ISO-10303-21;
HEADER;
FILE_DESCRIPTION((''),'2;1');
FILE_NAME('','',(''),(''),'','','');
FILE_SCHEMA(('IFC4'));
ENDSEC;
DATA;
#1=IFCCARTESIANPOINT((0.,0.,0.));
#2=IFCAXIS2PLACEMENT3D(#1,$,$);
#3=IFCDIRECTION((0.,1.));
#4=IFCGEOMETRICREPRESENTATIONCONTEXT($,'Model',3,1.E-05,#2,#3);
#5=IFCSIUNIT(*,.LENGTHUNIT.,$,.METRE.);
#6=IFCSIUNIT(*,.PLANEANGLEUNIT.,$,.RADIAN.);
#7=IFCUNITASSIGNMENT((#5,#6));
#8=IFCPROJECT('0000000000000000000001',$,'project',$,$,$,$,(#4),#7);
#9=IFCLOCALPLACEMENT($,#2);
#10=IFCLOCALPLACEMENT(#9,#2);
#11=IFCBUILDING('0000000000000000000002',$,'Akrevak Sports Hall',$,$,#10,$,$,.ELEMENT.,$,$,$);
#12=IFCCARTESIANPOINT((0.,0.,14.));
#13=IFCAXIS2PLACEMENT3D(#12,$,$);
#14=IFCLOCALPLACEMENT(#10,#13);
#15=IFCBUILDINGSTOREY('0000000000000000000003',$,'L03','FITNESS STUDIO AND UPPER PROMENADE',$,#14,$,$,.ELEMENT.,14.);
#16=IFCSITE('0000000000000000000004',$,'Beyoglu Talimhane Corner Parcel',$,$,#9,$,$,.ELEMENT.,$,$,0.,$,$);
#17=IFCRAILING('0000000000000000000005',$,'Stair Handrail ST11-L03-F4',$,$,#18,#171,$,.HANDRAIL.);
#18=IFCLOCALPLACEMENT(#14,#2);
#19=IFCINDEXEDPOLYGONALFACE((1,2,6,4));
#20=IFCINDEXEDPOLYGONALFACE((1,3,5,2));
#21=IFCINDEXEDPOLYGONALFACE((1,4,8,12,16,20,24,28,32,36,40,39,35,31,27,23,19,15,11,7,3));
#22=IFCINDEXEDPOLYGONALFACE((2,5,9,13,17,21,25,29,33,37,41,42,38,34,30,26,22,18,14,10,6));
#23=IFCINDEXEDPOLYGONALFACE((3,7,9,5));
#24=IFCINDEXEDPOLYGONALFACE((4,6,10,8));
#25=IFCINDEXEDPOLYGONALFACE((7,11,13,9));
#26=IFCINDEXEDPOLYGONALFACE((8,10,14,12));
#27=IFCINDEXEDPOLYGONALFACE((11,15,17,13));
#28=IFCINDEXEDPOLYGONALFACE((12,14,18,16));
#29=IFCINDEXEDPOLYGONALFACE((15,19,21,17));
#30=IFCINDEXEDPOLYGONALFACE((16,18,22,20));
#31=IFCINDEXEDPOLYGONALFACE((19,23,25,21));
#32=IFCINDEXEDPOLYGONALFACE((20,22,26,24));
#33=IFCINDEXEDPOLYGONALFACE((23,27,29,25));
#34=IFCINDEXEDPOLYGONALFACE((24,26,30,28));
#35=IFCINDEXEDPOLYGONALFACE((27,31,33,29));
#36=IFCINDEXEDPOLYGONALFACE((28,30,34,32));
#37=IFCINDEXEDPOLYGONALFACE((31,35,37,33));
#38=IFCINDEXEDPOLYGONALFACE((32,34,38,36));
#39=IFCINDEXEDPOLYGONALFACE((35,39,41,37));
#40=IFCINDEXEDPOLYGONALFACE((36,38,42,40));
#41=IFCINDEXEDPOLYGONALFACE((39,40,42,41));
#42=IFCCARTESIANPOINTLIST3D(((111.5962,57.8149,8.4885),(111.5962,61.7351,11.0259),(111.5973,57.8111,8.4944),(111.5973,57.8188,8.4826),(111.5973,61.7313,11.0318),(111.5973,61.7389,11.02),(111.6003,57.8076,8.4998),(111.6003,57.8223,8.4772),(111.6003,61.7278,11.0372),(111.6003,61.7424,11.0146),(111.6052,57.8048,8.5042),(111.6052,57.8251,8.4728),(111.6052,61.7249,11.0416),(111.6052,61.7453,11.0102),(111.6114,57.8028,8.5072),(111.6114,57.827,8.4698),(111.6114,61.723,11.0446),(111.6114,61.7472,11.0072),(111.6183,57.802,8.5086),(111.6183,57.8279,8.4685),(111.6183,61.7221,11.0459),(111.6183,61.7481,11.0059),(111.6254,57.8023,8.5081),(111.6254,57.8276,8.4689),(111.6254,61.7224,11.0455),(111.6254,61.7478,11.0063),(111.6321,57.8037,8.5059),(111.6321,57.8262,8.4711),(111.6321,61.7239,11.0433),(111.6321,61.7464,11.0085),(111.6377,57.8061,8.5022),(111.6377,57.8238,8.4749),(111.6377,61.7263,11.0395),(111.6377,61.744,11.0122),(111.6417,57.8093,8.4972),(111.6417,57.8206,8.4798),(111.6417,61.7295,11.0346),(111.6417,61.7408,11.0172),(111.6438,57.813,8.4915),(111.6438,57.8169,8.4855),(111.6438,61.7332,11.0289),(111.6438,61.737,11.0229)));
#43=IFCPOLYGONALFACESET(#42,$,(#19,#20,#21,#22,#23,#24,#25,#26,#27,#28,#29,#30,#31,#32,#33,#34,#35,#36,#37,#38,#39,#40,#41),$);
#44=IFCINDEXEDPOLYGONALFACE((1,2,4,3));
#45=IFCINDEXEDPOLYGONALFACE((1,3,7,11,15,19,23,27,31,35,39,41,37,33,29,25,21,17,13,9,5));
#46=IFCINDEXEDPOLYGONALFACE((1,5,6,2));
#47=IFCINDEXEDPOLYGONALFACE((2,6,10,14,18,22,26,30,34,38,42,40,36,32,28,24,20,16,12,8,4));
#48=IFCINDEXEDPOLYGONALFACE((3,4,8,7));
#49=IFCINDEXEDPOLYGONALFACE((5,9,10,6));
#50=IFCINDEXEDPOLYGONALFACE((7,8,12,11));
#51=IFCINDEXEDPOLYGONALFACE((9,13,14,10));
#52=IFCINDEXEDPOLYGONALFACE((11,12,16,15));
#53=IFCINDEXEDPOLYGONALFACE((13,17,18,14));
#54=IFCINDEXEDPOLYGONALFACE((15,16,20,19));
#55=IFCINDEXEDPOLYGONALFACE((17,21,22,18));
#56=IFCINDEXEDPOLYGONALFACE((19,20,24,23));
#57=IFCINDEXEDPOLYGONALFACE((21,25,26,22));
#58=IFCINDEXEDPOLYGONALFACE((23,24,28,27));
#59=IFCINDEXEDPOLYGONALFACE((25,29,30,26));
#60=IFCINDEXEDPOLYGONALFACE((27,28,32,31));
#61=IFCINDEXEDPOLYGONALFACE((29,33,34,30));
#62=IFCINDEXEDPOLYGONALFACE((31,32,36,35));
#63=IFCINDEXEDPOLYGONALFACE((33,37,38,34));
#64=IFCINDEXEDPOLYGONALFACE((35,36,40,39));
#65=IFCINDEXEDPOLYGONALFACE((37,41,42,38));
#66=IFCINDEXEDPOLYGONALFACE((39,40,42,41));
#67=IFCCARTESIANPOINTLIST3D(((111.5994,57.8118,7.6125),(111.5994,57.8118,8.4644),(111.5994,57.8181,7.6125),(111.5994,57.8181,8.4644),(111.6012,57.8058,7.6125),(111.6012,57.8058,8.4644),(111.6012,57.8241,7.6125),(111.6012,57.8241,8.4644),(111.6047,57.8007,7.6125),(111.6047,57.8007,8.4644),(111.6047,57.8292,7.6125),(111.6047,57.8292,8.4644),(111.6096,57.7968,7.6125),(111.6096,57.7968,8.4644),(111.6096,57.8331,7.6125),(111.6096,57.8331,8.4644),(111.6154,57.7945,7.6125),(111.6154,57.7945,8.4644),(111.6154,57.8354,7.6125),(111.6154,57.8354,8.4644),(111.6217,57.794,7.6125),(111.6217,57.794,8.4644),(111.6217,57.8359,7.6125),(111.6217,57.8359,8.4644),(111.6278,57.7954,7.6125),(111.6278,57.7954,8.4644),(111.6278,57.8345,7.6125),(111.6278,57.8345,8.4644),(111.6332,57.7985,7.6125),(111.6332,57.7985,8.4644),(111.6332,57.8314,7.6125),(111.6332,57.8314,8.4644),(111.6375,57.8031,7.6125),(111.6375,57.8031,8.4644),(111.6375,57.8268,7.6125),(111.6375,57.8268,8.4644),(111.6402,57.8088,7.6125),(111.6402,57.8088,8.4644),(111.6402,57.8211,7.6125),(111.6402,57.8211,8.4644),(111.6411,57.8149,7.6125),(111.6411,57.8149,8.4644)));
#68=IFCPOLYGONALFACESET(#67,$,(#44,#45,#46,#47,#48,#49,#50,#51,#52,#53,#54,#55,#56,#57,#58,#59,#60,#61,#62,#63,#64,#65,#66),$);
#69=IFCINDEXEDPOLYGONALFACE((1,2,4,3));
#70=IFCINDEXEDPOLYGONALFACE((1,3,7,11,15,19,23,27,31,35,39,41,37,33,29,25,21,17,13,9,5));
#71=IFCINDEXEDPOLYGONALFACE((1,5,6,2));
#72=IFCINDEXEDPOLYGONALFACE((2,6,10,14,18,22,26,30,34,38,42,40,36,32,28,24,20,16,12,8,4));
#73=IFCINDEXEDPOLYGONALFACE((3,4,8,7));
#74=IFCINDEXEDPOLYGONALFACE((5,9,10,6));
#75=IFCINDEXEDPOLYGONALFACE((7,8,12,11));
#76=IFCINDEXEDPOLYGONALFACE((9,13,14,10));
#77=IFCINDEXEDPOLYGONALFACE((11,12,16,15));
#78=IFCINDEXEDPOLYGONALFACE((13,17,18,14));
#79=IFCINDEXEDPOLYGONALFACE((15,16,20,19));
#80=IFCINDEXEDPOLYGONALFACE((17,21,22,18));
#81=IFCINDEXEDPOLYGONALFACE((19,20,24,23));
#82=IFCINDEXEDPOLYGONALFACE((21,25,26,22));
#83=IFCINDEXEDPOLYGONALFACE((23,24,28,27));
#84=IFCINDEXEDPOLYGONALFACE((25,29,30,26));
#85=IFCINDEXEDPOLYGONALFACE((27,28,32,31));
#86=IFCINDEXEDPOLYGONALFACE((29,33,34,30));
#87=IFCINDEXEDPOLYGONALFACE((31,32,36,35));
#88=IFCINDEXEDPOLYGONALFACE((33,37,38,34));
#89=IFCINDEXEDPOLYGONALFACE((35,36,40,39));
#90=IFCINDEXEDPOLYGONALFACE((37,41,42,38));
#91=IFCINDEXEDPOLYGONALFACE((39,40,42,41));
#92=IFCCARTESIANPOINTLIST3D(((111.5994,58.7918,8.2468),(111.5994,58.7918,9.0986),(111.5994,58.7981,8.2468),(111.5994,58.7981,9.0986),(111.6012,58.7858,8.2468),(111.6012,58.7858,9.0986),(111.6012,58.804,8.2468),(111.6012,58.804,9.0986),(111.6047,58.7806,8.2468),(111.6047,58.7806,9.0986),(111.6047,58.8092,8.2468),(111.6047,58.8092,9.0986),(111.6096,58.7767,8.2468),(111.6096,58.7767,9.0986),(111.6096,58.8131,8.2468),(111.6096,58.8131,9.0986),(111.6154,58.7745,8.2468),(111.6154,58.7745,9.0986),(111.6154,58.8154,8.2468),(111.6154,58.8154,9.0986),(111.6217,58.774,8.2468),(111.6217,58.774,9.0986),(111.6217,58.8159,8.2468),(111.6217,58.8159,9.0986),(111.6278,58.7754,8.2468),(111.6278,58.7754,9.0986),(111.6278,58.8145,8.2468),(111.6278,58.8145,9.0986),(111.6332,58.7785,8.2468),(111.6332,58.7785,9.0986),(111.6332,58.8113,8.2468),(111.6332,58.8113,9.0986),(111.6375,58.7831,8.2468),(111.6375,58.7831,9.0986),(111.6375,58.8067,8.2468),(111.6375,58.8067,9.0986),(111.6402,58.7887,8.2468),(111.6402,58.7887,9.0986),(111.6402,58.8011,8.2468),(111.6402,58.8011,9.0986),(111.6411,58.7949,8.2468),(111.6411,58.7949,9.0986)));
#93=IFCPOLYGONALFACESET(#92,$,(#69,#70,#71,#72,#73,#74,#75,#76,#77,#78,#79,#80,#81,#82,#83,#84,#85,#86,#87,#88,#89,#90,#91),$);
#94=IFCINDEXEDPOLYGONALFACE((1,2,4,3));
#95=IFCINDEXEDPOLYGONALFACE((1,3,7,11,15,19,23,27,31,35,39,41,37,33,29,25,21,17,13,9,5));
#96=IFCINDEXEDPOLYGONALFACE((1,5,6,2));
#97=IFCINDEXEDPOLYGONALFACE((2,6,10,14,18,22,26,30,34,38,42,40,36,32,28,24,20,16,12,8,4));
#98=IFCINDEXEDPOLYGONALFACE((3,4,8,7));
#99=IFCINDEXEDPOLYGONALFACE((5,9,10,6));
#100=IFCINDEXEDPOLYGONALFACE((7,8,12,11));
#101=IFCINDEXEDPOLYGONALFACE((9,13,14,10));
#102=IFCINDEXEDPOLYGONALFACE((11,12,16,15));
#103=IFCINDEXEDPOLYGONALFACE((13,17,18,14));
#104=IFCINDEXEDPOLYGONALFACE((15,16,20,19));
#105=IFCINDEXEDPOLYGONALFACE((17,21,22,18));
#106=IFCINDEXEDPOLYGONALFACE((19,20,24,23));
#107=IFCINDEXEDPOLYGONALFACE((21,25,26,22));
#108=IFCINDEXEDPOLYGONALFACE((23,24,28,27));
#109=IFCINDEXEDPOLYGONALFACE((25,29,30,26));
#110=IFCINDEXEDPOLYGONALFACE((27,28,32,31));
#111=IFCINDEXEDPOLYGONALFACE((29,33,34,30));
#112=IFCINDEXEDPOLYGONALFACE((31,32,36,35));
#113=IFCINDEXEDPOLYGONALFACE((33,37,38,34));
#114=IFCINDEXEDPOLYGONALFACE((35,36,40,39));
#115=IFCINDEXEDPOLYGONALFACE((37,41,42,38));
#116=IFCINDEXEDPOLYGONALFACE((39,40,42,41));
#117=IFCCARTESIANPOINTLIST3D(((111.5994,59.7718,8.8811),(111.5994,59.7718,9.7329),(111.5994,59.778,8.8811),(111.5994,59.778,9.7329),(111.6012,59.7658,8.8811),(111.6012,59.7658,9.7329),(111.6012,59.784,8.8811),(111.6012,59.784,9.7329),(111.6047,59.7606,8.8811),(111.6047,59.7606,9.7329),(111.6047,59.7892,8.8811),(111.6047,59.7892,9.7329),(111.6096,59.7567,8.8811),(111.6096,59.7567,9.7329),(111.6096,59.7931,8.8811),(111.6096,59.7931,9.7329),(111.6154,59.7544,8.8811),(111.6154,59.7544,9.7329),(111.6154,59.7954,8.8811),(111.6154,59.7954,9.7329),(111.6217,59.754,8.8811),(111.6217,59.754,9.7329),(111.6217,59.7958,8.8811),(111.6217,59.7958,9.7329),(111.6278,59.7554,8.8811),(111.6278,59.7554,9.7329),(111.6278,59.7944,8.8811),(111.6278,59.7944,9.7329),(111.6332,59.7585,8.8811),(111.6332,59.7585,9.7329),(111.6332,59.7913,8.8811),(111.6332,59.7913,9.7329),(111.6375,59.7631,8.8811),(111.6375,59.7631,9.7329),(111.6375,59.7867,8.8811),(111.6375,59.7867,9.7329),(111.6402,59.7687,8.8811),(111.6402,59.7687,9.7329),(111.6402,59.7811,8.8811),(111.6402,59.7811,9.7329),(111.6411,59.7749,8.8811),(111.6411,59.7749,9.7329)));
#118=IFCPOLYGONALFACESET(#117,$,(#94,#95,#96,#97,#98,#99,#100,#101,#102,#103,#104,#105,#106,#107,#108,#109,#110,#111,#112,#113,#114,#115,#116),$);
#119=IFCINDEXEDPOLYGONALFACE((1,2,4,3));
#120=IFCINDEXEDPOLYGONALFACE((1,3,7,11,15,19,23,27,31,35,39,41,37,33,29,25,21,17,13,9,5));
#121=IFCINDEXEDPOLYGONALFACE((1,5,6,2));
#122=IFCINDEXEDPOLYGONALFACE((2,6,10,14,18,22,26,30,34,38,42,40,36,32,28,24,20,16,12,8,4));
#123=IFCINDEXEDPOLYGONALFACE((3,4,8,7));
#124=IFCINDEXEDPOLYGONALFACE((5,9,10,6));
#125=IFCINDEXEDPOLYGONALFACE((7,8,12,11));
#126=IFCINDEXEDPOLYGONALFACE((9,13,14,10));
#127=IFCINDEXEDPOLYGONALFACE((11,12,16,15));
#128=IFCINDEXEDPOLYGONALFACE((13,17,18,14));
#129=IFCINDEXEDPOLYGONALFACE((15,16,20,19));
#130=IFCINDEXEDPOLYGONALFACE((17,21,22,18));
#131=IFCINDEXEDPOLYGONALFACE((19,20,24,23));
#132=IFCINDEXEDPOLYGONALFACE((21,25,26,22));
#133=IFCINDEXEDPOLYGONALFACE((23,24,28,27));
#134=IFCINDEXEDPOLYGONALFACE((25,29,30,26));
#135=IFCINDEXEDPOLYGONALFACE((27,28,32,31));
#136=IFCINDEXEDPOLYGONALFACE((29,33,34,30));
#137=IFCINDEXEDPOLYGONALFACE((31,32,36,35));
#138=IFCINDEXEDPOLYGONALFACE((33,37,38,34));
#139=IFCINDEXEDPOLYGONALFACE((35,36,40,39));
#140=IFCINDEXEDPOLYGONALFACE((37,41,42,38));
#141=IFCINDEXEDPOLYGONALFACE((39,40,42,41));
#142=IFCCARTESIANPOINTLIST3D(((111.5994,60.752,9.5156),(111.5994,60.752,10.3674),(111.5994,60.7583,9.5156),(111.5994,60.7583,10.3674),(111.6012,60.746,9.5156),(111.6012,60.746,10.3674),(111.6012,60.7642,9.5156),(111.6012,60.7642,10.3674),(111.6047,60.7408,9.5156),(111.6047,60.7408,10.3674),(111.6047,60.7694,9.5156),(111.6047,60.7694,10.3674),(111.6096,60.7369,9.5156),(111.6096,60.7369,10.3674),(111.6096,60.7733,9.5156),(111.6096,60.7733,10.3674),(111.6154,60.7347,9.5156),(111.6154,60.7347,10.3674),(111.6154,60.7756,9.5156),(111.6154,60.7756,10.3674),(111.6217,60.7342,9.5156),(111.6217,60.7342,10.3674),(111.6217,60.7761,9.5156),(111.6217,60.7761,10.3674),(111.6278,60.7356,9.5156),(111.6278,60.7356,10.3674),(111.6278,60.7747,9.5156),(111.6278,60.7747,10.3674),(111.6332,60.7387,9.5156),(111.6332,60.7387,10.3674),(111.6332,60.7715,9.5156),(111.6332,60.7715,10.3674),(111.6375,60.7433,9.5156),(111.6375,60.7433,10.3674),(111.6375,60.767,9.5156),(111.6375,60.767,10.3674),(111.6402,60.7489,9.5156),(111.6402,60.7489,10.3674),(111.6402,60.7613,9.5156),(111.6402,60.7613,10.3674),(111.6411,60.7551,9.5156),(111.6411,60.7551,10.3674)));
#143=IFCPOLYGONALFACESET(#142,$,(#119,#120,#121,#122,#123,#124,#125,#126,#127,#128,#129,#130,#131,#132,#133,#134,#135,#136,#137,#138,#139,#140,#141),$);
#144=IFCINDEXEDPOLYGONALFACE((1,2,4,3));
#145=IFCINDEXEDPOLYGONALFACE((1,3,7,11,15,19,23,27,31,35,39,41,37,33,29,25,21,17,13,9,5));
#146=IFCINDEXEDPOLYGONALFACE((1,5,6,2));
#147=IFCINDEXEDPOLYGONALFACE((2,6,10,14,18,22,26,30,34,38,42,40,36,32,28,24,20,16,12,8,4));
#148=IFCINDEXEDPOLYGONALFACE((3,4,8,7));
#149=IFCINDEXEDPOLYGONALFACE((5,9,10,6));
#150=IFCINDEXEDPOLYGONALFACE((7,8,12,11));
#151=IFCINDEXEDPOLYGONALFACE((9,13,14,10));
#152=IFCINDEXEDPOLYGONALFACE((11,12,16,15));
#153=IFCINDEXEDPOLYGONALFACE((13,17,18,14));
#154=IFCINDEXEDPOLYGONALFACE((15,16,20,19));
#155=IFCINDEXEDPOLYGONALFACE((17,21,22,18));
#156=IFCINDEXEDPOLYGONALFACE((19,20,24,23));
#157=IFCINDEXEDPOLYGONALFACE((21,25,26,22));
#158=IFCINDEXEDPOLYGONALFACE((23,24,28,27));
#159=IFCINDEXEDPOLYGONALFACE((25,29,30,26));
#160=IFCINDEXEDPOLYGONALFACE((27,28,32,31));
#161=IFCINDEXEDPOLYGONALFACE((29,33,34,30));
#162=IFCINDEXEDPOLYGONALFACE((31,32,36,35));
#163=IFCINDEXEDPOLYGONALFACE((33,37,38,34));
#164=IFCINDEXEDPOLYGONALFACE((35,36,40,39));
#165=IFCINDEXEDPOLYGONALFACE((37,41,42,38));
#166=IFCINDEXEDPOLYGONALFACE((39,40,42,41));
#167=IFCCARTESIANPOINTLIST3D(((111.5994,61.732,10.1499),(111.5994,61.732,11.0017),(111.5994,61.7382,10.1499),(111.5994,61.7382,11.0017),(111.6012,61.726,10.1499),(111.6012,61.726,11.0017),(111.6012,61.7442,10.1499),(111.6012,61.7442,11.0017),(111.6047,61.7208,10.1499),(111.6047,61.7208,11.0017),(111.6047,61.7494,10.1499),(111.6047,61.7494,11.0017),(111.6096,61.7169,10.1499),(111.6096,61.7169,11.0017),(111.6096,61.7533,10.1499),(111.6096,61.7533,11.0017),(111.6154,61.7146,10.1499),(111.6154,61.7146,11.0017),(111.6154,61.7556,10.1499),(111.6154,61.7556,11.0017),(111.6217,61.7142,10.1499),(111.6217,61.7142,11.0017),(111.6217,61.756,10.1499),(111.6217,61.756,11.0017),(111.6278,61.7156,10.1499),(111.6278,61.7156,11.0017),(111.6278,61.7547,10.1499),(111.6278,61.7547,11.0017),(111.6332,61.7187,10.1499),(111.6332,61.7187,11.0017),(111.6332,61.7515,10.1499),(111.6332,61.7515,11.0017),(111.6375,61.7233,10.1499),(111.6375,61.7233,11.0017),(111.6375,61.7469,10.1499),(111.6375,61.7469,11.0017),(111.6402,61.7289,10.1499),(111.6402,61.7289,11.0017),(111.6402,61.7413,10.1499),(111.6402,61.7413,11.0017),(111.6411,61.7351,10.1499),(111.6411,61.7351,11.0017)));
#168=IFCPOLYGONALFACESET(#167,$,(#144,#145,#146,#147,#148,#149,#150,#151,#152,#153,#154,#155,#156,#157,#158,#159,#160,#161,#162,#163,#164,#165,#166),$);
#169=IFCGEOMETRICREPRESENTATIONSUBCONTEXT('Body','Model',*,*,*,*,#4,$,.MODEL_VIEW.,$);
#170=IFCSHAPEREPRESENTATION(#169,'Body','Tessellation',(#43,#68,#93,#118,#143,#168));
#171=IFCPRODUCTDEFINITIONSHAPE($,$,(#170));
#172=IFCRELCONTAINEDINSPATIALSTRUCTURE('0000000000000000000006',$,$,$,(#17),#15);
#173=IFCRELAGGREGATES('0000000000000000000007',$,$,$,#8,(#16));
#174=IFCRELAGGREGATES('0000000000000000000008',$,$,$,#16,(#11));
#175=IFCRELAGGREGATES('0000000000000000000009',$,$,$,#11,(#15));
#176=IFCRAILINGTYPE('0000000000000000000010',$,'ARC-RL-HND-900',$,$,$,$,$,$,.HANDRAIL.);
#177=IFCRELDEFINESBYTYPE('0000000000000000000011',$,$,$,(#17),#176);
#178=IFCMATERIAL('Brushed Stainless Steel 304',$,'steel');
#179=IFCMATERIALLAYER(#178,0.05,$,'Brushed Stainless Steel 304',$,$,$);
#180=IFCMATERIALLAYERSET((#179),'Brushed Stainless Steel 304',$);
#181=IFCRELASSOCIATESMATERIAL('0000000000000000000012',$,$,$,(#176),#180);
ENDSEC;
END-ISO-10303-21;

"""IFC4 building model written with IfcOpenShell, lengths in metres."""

from ifc_helpers import new_model, si_unit, direction, frame, origin, origin_2d, place, context, subcontext, project, spatial, circle, extrude, material, layer, layer_set, type_object, element, save


model = new_model("IFC4")

# Units and contexts
model_context = context("Model", 3, precision=1e-05, world=origin(), true_north=direction((0.0, 1.0)))
body_context = subcontext(model_context, "Body", "Model", "MODEL_VIEW")
ifc_project = project(units=[si_unit("LENGTHUNIT", "METRE"), si_unit("PLANEANGLEUNIT", "RADIAN")], contexts=[model_context])

# Site, building, storey
site_placement = place(None, origin())
site = spatial("IfcSite", under=ifc_project, at=site_placement, Name="Beyoglu Talimhane Corner Parcel", CompositionType="ELEMENT", RefElevation=0.0)
building_placement = place(site_placement, origin())
building = spatial("IfcBuilding", under=site, at=building_placement, Name="Akrevak Sports Hall", CompositionType="ELEMENT")
storey_placement = place(building_placement, frame((0.0, 0.0, 14.0)))
storey = spatial("IfcBuildingStorey", under=building, at=storey_placement, Name="L03", Description="FITNESS STUDIO AND UPPER PROMENADE", CompositionType="ELEMENT", Elevation=14.0)

# Shared definitions
ifc_material_1 = material(Name="Brushed Stainless Steel 304", Category="steel")

# Railing
ifc_layer_1 = layer(ifc_material_1, 0.05, Name="Brushed Stainless Steel 304")
ifc_layer_set_1 = layer_set([ifc_layer_1], Name="Brushed Stainless Steel 304")
railing_type_1 = type_object("IfcRailingType", Name="ARC-RL-HND-900", PredefinedType="HANDRAIL", material=ifc_layer_set_1)
for number, where, name in (
    (1, (111.6201, 57.8149, 7.6125), "Stair Handrail ST11-L03-F4"),
):
    element("IfcRailing", number, at=place(storey_placement, frame(where)), inside=storey, type_object=railing_type_1, Name=name, PredefinedType="HANDRAIL", context=body_context, shape_type="SweptSolid", body=[
        extrude(circle(Radius=0.0239, at=origin_2d()), frame((0.0, 0.0, 0.876), z_axis=(0.0, 0.839494, 0.543368), x_axis=(-1.0, 0.0, 0.0)), (0.0, 0.0, 1.0), 4.6697),
        extrude(circle(Radius=0.021, at=origin_2d()), origin(), (0.0, 0.0, 1.0), 0.8518),
        extrude(circle(Radius=0.021, at=origin_2d()), frame((0.0, 0.98, 0.6343)), (0.0, 0.0, 1.0), 0.8518),
        extrude(circle(Radius=0.021, at=origin_2d()), frame((0.0, 1.96, 1.2686)), (0.0, 0.0, 1.0), 0.8518),
        extrude(circle(Radius=0.021, at=origin_2d()), frame((0.0, 2.9402, 1.9031)), (0.0, 0.0, 1.0), 0.8518),
        extrude(circle(Radius=0.021, at=origin_2d()), frame((0.0, 3.9202, 2.5374)), (0.0, 0.0, 1.0), 0.8518),
    ])

save(model, "model.ifc")
